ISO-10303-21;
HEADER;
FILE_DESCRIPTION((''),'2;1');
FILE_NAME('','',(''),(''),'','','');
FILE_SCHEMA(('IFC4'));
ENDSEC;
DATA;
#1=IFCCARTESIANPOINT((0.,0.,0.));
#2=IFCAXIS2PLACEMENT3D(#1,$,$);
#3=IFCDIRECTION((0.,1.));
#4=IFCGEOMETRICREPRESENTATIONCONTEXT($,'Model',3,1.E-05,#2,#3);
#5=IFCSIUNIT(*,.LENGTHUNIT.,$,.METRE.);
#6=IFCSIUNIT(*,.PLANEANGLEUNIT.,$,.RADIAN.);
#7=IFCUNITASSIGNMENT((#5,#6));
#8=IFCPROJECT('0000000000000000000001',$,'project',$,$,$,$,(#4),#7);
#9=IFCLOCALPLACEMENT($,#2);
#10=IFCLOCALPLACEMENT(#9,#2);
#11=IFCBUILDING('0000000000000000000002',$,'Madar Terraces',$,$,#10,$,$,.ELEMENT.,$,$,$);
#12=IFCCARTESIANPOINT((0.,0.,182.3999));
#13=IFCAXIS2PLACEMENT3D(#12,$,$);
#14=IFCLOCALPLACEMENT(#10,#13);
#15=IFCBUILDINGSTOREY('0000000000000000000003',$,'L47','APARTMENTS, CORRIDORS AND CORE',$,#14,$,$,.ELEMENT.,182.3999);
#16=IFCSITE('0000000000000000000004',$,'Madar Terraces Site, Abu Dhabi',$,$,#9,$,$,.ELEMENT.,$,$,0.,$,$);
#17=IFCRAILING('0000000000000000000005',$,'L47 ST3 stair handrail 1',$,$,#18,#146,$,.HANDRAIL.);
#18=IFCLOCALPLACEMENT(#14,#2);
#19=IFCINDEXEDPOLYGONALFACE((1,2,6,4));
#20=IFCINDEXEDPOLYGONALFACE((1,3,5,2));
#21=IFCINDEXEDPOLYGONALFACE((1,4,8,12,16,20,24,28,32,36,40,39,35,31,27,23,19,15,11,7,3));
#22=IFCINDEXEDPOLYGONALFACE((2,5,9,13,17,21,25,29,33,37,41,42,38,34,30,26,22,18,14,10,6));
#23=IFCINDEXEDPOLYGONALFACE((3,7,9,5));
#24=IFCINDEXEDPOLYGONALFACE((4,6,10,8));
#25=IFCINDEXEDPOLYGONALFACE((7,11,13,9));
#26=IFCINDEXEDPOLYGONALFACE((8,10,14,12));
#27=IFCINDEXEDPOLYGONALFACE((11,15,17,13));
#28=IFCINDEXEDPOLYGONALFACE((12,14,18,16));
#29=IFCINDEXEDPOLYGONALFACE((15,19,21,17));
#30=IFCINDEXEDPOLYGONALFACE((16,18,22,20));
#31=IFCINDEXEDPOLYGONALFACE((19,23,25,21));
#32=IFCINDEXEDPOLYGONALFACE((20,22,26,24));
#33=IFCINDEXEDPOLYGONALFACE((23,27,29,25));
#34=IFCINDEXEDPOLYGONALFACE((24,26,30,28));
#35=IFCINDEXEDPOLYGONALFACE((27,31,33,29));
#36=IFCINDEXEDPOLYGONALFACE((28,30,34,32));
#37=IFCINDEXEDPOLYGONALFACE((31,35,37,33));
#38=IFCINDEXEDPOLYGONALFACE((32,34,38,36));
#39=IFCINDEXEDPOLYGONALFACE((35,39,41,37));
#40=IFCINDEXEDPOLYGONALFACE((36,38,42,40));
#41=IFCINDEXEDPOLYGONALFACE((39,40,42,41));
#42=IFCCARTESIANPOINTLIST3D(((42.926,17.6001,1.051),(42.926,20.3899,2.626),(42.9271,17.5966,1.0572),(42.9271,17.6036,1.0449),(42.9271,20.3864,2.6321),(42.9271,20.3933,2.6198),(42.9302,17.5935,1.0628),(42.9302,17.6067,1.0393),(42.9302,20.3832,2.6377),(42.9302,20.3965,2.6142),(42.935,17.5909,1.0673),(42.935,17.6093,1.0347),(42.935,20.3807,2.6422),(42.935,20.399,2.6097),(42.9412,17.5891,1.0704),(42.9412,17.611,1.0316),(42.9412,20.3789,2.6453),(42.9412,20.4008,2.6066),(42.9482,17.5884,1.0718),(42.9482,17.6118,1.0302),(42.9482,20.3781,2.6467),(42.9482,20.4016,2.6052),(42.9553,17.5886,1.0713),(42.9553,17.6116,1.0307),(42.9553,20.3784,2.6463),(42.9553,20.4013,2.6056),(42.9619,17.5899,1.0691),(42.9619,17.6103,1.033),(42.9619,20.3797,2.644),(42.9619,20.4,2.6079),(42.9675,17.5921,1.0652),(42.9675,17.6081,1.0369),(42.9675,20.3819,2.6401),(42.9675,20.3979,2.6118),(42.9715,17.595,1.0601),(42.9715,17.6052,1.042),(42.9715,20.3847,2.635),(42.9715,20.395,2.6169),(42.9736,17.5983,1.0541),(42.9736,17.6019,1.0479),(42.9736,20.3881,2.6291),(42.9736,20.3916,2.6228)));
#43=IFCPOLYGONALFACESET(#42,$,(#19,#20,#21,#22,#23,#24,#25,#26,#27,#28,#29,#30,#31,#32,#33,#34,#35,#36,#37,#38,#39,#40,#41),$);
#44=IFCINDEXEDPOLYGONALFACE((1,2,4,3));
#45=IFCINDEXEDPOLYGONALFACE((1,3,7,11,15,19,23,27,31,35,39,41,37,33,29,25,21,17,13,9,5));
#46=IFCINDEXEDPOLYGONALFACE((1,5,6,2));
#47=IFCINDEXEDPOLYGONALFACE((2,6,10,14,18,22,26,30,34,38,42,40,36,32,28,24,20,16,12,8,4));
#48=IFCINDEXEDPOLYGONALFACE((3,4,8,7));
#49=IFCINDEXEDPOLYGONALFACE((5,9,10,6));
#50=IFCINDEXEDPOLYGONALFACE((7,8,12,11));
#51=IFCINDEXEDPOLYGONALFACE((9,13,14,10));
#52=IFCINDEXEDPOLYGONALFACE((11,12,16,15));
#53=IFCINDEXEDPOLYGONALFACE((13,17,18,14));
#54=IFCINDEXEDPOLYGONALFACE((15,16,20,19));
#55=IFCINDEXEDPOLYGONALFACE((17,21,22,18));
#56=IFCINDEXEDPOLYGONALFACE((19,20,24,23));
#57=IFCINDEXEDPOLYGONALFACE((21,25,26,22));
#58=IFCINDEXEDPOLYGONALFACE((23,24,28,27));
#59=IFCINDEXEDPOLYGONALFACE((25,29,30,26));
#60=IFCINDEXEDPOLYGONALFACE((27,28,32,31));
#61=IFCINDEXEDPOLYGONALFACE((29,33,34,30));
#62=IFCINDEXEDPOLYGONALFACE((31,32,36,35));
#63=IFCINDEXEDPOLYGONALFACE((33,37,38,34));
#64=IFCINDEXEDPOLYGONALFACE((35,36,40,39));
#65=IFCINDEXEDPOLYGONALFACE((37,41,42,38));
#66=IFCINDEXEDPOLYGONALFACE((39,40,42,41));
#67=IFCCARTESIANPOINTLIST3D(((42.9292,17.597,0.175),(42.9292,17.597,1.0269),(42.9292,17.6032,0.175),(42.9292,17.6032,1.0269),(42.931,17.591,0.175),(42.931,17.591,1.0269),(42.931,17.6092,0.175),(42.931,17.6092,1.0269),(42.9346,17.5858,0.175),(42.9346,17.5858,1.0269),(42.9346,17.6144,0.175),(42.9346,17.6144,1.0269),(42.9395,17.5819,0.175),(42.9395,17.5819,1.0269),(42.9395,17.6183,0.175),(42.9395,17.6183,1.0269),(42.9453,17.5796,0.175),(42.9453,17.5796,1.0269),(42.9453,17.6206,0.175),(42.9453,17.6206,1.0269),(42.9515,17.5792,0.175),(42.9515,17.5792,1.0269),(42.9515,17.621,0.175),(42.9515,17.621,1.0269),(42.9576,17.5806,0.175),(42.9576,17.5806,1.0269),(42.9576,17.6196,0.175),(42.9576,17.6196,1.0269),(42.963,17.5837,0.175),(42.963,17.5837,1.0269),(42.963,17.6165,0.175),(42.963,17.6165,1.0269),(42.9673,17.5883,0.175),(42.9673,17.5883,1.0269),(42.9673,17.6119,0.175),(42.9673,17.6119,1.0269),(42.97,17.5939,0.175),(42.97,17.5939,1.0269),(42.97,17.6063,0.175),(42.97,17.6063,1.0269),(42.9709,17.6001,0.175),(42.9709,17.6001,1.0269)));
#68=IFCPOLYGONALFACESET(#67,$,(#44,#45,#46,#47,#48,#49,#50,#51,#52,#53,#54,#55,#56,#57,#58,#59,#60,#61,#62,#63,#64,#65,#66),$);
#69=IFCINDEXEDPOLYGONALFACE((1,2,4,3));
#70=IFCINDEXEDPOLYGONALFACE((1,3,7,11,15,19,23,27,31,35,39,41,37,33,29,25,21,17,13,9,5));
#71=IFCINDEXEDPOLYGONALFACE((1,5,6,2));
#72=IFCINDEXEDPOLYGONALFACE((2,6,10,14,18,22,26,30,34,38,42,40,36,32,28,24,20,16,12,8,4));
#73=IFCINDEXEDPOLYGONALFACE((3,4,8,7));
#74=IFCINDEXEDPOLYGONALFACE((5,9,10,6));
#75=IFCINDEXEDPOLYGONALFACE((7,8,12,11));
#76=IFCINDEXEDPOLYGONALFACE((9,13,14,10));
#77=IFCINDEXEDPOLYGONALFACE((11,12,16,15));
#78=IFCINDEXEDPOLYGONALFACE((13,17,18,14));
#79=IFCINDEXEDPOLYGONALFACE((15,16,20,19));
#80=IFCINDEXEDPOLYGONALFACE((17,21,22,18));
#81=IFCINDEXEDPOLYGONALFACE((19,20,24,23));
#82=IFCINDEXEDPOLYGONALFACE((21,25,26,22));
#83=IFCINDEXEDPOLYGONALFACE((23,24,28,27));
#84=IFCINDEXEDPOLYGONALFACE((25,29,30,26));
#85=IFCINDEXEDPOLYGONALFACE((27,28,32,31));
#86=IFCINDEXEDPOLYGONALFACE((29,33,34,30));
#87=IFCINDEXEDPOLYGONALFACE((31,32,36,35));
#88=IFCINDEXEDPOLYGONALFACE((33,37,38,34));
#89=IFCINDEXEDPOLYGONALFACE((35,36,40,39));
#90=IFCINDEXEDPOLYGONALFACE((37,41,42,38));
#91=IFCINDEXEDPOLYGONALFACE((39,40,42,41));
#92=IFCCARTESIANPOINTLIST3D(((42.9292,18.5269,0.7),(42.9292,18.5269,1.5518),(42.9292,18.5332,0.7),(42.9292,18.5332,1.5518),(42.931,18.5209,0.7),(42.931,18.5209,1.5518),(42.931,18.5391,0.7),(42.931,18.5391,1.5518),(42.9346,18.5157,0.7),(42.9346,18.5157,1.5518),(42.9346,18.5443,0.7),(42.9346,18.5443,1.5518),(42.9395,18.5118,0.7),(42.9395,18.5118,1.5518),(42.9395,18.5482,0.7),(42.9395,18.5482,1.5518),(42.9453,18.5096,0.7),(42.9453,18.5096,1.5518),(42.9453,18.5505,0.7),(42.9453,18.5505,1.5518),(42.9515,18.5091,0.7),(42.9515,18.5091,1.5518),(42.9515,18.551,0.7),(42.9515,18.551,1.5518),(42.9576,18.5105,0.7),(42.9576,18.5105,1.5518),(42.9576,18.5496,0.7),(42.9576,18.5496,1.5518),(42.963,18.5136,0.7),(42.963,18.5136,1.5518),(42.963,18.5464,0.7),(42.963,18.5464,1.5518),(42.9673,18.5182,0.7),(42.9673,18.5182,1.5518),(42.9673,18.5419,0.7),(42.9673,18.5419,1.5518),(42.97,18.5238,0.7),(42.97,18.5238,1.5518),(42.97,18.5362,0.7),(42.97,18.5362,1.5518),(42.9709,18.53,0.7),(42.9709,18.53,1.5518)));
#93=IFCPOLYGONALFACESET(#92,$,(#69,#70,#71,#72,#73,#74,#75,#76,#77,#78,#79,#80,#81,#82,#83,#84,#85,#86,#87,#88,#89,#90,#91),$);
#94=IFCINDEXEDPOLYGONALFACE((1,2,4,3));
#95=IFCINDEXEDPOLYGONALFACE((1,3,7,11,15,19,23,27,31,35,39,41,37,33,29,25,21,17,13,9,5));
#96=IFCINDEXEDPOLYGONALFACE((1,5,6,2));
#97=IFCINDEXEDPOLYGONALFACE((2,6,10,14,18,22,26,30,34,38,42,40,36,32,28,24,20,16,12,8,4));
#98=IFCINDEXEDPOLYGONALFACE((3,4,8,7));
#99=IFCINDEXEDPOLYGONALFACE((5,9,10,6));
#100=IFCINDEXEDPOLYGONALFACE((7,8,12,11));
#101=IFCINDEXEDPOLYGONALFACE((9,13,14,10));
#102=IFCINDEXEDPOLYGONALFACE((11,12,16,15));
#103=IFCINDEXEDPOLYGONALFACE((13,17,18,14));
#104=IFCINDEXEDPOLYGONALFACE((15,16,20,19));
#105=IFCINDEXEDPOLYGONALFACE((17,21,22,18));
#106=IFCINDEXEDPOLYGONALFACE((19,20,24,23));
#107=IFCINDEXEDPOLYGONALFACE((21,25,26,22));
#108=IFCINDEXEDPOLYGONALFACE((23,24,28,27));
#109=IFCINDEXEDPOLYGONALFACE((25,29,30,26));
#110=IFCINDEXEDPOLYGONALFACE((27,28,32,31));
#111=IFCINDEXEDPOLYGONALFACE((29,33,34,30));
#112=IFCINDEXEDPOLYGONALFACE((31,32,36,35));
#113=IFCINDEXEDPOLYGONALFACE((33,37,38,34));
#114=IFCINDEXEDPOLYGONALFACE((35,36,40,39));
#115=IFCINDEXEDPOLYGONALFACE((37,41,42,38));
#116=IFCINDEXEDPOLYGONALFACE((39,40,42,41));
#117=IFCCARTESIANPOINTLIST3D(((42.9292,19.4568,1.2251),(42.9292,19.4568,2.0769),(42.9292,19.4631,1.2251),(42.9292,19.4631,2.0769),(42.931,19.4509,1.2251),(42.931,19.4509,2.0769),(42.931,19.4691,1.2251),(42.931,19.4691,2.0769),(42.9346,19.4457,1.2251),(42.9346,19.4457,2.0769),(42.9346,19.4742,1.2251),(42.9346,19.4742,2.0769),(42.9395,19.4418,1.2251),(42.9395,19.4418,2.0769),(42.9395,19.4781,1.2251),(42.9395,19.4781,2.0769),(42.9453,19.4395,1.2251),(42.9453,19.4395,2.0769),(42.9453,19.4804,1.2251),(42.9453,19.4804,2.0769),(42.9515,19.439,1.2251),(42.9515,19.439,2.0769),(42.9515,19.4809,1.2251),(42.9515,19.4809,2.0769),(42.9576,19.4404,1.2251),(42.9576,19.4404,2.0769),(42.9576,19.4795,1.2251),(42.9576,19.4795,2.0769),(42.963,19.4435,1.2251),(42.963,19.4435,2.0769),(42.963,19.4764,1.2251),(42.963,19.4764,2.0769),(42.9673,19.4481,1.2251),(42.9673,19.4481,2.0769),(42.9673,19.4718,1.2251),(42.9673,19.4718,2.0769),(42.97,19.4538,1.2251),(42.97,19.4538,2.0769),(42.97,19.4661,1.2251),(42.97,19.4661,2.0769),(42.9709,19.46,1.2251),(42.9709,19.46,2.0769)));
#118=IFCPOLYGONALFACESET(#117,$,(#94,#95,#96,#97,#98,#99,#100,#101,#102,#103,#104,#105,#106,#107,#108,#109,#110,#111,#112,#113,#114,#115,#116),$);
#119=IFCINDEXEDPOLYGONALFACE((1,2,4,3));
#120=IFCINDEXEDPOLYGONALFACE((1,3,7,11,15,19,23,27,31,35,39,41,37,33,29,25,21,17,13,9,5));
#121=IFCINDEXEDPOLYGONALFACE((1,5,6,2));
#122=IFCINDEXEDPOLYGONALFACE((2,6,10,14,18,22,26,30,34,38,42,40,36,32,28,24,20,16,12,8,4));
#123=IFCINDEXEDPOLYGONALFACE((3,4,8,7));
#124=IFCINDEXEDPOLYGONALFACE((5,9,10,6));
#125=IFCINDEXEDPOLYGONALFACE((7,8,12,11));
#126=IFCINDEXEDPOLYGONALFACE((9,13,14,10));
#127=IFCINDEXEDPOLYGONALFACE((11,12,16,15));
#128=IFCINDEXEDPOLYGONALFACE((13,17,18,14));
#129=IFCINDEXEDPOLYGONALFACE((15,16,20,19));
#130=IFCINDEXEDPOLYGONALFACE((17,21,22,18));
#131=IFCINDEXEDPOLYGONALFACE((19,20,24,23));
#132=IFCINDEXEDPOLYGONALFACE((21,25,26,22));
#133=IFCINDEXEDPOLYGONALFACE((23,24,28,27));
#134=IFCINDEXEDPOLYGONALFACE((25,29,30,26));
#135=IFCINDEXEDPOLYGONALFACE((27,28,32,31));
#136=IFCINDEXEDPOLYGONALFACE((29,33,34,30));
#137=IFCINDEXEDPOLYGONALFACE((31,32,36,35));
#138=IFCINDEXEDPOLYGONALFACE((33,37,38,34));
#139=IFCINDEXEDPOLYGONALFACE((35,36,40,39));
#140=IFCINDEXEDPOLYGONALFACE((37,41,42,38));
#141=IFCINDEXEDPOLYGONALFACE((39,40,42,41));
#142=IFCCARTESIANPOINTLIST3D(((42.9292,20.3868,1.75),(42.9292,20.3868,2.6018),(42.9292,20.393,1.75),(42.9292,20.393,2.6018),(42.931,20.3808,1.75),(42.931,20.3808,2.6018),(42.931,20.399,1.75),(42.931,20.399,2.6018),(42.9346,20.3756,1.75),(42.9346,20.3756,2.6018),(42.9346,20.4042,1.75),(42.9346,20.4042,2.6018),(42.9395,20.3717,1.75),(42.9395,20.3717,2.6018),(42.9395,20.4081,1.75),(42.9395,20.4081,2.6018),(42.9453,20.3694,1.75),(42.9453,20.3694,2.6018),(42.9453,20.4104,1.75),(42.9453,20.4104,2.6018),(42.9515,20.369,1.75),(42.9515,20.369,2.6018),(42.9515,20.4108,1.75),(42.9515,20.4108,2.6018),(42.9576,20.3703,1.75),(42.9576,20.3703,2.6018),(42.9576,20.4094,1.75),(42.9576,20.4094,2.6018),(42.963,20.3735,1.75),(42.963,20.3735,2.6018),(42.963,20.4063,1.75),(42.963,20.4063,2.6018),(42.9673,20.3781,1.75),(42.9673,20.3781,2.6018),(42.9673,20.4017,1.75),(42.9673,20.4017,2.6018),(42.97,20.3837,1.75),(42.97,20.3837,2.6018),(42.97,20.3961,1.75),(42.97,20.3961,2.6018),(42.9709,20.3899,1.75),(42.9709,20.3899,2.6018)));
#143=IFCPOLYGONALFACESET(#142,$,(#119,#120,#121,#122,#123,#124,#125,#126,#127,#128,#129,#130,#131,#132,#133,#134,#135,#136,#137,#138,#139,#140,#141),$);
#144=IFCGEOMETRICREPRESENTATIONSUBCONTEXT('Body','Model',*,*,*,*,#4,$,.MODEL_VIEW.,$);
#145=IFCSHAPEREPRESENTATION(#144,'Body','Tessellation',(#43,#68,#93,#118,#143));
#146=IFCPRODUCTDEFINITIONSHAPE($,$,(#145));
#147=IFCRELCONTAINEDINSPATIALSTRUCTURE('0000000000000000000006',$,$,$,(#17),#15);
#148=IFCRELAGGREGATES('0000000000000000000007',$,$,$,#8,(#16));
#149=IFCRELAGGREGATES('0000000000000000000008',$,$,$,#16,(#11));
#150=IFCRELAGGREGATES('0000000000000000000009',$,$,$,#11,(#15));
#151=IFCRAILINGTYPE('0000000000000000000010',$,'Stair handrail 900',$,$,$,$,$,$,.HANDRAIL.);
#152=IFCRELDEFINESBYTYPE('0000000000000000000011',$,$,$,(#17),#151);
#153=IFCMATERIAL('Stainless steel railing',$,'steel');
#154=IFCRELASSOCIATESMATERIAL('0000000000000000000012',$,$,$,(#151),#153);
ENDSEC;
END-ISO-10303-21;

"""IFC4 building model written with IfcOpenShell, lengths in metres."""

from ifc_helpers import new_model, si_unit, direction, frame, origin, origin_2d, place, context, subcontext, project, spatial, circle, extrude, material, type_object, element, save


model = new_model("IFC4")

# Units and contexts
model_context = context("Model", 3, precision=1e-05, world=origin(), true_north=direction((0.0, 1.0)))
body_context = subcontext(model_context, "Body", "Model", "MODEL_VIEW")
ifc_project = project(units=[si_unit("LENGTHUNIT", "METRE"), si_unit("PLANEANGLEUNIT", "RADIAN")], contexts=[model_context])

# Site, building, storey
site_placement = place(None, origin())
site = spatial("IfcSite", under=ifc_project, at=site_placement, Name="Madar Terraces Site, Abu Dhabi", CompositionType="ELEMENT", RefElevation=0.0)
building_placement = place(site_placement, origin())
building = spatial("IfcBuilding", under=site, at=building_placement, Name="Madar Terraces", CompositionType="ELEMENT")
storey_placement = place(building_placement, frame((0.0, 0.0, 182.3999)))
storey = spatial("IfcBuildingStorey", under=building, at=storey_placement, Name="L47", Description="APARTMENTS, CORRIDORS AND CORE", CompositionType="ELEMENT", Elevation=182.3999)

# Railing
ifc_material_1 = material(Name="Stainless steel railing", Category="steel")
railing_type_1 = type_object("IfcRailingType", Name="Stair handrail 900", PredefinedType="HANDRAIL", material=ifc_material_1)
railing_1_placement = place(storey_placement, frame((42.95, 17.6001, 0.175)))
element("IfcRailing", 1, at=railing_1_placement, inside=storey, type_object=railing_type_1, Name="L47 ST3 stair handrail 1", PredefinedType="HANDRAIL", context=body_context, shape_type="SweptSolid", body=[
    extrude(circle(Radius=0.0239, at=origin_2d()), frame((0.0, 0.0, 0.876), z_axis=(0.0, 0.870815, 0.49161), x_axis=(-1.0, 0.0, 0.0)), (0.0, 0.0, 1.0), 3.2036),
    extrude(circle(Radius=0.021, at=origin_2d()), origin(), (0.0, 0.0, 1.0), 0.8518),
    extrude(circle(Radius=0.021, at=origin_2d()), frame((0.0, 0.9299, 0.5249)), (0.0, 0.0, 1.0), 0.8518),
    extrude(circle(Radius=0.021, at=origin_2d()), frame((0.0, 1.8599, 1.05)), (0.0, 0.0, 1.0), 0.8518),
    extrude(circle(Radius=0.021, at=origin_2d()), frame((0.0, 2.7898, 1.575)), (0.0, 0.0, 1.0), 0.8518),
])

save(model, "model.ifc")
